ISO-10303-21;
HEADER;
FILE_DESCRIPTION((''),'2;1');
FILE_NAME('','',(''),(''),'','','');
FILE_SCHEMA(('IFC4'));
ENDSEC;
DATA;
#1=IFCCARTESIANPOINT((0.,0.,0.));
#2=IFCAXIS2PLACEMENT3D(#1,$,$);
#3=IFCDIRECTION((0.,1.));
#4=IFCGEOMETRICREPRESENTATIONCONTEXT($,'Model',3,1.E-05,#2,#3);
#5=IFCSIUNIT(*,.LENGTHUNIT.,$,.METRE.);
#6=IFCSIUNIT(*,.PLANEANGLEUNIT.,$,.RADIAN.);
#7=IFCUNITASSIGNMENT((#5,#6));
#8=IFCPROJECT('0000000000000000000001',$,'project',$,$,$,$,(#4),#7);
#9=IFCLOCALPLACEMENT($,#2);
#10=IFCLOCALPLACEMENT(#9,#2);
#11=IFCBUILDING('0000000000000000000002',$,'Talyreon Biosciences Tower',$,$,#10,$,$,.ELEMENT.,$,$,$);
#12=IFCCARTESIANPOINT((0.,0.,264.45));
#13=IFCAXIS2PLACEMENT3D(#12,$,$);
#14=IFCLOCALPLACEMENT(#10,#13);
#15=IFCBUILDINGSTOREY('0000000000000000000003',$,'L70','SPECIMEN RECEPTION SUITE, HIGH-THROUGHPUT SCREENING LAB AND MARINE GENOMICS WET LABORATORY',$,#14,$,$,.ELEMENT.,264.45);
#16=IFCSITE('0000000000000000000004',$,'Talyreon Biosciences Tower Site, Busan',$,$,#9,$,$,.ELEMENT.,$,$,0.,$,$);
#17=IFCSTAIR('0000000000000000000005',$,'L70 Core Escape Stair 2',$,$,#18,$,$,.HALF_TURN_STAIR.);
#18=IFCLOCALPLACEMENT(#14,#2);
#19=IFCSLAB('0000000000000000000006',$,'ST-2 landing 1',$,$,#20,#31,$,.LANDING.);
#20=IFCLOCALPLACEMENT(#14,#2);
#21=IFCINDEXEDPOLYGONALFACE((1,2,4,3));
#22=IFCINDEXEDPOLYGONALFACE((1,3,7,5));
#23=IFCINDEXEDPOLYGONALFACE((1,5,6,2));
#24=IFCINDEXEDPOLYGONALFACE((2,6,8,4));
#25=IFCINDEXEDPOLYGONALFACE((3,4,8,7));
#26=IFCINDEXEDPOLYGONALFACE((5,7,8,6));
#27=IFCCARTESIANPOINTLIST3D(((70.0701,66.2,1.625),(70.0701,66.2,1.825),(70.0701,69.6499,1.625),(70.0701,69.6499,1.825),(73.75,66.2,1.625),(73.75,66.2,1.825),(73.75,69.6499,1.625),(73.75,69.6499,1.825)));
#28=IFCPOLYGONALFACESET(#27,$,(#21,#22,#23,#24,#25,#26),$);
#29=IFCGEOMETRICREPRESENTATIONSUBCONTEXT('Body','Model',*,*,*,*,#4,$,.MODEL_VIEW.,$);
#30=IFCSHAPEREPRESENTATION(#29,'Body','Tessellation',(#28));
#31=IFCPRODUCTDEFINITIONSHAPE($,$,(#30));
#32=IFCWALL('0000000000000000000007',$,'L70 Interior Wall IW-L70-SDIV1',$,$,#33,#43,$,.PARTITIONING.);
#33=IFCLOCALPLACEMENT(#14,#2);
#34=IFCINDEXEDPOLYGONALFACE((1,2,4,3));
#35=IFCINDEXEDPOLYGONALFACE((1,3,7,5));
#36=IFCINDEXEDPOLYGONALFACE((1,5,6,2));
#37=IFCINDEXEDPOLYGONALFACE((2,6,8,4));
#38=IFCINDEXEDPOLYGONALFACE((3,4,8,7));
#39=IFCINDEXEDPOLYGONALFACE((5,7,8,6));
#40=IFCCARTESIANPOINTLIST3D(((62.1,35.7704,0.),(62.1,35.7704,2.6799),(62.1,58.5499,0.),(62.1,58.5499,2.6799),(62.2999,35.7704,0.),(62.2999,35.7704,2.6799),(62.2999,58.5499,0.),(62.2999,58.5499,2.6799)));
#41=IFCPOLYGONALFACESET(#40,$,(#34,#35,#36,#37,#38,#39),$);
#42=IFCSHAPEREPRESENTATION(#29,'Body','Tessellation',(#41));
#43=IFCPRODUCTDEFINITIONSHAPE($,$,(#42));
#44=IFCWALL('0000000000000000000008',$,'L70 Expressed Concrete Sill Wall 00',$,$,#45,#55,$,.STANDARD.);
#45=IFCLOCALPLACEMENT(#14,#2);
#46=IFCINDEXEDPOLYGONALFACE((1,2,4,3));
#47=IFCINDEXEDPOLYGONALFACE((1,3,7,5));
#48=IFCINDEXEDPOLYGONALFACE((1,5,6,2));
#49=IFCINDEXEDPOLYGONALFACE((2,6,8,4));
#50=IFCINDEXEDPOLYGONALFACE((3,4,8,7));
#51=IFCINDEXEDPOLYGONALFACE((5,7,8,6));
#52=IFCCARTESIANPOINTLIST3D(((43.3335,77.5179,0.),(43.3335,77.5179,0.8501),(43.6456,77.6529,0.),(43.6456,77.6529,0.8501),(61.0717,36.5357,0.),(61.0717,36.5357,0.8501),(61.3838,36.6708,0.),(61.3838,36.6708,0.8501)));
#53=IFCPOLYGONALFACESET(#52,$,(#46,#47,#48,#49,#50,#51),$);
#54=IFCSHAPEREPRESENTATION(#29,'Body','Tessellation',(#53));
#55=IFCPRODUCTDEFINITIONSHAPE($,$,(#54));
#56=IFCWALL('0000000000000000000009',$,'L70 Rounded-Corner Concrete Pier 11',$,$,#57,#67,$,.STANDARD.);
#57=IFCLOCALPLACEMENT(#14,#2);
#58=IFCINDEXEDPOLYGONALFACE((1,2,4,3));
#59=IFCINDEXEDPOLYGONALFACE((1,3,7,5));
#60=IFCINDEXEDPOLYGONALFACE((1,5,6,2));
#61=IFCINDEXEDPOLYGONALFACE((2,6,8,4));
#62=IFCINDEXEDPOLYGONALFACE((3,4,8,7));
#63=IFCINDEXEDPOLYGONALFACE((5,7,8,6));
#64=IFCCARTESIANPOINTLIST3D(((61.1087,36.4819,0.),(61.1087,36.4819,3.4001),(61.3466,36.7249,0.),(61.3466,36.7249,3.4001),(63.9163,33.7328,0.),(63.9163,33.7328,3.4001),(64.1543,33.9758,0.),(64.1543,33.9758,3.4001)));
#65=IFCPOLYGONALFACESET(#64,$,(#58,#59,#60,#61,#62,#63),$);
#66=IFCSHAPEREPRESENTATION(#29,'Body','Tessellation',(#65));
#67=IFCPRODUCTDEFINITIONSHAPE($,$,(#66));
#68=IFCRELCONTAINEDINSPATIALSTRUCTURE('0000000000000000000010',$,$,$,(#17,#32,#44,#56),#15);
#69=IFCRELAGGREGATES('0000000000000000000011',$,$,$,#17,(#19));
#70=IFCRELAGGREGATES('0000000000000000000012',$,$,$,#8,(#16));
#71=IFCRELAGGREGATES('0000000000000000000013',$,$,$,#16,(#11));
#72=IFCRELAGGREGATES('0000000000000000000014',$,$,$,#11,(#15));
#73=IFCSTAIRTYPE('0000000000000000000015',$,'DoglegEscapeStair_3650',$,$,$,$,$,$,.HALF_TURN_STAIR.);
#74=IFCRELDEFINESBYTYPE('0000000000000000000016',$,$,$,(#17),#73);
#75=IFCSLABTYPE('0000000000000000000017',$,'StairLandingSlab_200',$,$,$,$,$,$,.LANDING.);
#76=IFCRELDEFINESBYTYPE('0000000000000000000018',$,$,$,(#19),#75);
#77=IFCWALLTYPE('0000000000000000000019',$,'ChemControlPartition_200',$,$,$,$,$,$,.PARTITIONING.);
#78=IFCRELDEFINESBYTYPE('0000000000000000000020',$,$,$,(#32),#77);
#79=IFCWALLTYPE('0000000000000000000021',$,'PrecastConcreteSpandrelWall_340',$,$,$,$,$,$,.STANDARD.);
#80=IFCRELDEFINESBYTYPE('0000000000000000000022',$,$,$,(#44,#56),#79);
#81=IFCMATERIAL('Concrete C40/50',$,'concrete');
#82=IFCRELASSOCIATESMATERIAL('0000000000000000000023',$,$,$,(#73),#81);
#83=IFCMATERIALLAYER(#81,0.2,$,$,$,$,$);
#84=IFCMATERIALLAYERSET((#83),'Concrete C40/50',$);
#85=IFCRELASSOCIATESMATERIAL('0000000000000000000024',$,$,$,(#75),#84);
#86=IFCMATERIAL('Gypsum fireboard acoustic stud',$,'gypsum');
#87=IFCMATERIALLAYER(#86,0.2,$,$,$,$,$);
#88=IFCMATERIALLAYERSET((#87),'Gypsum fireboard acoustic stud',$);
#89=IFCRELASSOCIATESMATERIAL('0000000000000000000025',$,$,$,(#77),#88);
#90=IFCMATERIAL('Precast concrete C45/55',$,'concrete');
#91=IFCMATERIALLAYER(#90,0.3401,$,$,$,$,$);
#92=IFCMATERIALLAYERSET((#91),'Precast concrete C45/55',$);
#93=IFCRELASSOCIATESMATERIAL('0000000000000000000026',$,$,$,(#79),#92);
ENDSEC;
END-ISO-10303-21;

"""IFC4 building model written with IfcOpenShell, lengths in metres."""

from ifc_helpers import new_model, si_unit, direction, frame, frame_2d, origin, place, context, subcontext, project, spatial, polyline, rectangle, outline, extrude, material, layer, layer_set, type_object, element, aggregate, save


model = new_model("IFC4")

# Units and contexts
model_context = context("Model", 3, precision=1e-05, world=origin(), true_north=direction((0.0, 1.0)))
body_context = subcontext(model_context, "Body", "Model", "MODEL_VIEW")
ifc_project = project(units=[si_unit("LENGTHUNIT", "METRE"), si_unit("PLANEANGLEUNIT", "RADIAN")], contexts=[model_context])

# Site, building, storey
site_placement = place(None, origin())
site = spatial("IfcSite", under=ifc_project, at=site_placement, Name="Talyreon Biosciences Tower Site, Busan", CompositionType="ELEMENT", RefElevation=0.0)
building_placement = place(site_placement, origin())
building = spatial("IfcBuilding", under=site, at=building_placement, Name="Talyreon Biosciences Tower", CompositionType="ELEMENT")
storey_placement = place(building_placement, frame((0.0, 0.0, 264.45)))
storey = spatial("IfcBuildingStorey", under=building, at=storey_placement, Name="L70", Description="SPECIMEN RECEPTION SUITE, HIGH-THROUGHPUT SCREENING LAB AND MARINE GENOMICS WET LABORATORY", CompositionType="ELEMENT", Elevation=264.45)

# Shared definitions
ifc_material_1 = material(Name="Precast concrete C45/55", Category="concrete")

# Shared definitions
ifc_material_2 = material(Name="Concrete C40/50", Category="concrete")

# Stair, slab
stair_type = type_object("IfcStairType", Name="DoglegEscapeStair_3650", PredefinedType="HALF_TURN_STAIR", material=ifc_material_2)
ifc_layer_1 = layer(ifc_material_2, 0.2)
ifc_layer_set_1 = layer_set([ifc_layer_1], Name="Concrete C40/50")
slab_type_1 = type_object("IfcSlabType", Name="StairLandingSlab_200", PredefinedType="LANDING", material=ifc_layer_set_1)
stair_1_placement = place(storey_placement, origin())
stair_1 = element("IfcStair", 1, at=stair_1_placement, inside=storey, type_object=stair_type, Name="L70 Core Escape Stair 2", PredefinedType="HALF_TURN_STAIR")
slab_1_placement = place(storey_placement, frame((0.0, 0.0, 1.625)))
slab_1 = element("IfcSlab", 2, at=slab_1_placement, type_object=slab_type_1, Name="ST-2 landing 1", PredefinedType="LANDING", context=body_context, shape_type="SweptSolid", body=[
    extrude(outline(polyline([(73.75, 66.2), (73.75, 69.6499), (70.0701, 69.6499), (70.0701, 66.2), (73.75, 66.2)])), origin(), (0.0, 0.0, 1.0), 0.2),
])
aggregate(stair_1, [slab_1])

# Walls
ifc_material_3 = material(Name="Gypsum fireboard acoustic stud", Category="gypsum")
ifc_layer_2 = layer(ifc_material_3, 0.2)
ifc_layer_set_2 = layer_set([ifc_layer_2], Name="Gypsum fireboard acoustic stud")
wall_type_1 = type_object("IfcWallType", Name="ChemControlPartition_200", PredefinedType="PARTITIONING", material=ifc_layer_set_2)
wall_1_placement = place(storey_placement, frame((62.2, 35.7705, 0.0), z_axis=(0.0, 0.0, 1.0), x_axis=(0.0, 1.0, 0.0)))
element("IfcWall", 3, at=wall_1_placement, inside=storey, type_object=wall_type_1, Name="L70 Interior Wall IW-L70-SDIV1", PredefinedType="PARTITIONING", context=body_context, shape_type="SweptSolid", body=[
    extrude(rectangle(XDim=22.7795, YDim=0.2, at=frame_2d((11.3896, 0.0))), origin(), (0.0, 0.0, 1.0), 2.6799),
])
ifc_layer_3 = layer(ifc_material_1, 0.3401)
ifc_layer_set_3 = layer_set([ifc_layer_3], Name="Precast concrete C45/55")
wall_type_2 = type_object("IfcWallType", Name="PrecastConcreteSpandrelWall_340", PredefinedType="STANDARD", material=ifc_layer_set_3)
wall_2_placement = place(storey_placement, frame((61.2278, 36.6033, 0.0), z_axis=(0.0, 0.0, 1.0), x_axis=(-0.397218, 0.917724, 0.0)))
element("IfcWall", 4, at=wall_2_placement, inside=storey, type_object=wall_type_2, Name="L70 Expressed Concrete Sill Wall 00", PredefinedType="STANDARD", context=body_context, shape_type="SweptSolid", body=[
    extrude(rectangle(XDim=44.6562, YDim=0.3401, at=frame_2d((22.3281, 0.0))), origin(), (0.0, 0.0, 1.0), 0.8501),
])
wall_3_placement = place(storey_placement, frame((64.0354, 33.8542, 0.0), z_axis=(0.0, 0.0, 1.0), x_axis=(-0.714523, 0.699612, 0.0)))
element("IfcWall", 5, at=wall_3_placement, inside=storey, type_object=wall_type_2, Name="L70 Rounded-Corner Concrete Pier 11", PredefinedType="STANDARD", context=body_context, shape_type="SweptSolid", body=[
    extrude(rectangle(XDim=3.9294, YDim=0.3401, at=frame_2d((1.9648, 0.0))), origin(), (0.0, 0.0, 1.0), 3.4001),
])

save(model, "model.ifc")
